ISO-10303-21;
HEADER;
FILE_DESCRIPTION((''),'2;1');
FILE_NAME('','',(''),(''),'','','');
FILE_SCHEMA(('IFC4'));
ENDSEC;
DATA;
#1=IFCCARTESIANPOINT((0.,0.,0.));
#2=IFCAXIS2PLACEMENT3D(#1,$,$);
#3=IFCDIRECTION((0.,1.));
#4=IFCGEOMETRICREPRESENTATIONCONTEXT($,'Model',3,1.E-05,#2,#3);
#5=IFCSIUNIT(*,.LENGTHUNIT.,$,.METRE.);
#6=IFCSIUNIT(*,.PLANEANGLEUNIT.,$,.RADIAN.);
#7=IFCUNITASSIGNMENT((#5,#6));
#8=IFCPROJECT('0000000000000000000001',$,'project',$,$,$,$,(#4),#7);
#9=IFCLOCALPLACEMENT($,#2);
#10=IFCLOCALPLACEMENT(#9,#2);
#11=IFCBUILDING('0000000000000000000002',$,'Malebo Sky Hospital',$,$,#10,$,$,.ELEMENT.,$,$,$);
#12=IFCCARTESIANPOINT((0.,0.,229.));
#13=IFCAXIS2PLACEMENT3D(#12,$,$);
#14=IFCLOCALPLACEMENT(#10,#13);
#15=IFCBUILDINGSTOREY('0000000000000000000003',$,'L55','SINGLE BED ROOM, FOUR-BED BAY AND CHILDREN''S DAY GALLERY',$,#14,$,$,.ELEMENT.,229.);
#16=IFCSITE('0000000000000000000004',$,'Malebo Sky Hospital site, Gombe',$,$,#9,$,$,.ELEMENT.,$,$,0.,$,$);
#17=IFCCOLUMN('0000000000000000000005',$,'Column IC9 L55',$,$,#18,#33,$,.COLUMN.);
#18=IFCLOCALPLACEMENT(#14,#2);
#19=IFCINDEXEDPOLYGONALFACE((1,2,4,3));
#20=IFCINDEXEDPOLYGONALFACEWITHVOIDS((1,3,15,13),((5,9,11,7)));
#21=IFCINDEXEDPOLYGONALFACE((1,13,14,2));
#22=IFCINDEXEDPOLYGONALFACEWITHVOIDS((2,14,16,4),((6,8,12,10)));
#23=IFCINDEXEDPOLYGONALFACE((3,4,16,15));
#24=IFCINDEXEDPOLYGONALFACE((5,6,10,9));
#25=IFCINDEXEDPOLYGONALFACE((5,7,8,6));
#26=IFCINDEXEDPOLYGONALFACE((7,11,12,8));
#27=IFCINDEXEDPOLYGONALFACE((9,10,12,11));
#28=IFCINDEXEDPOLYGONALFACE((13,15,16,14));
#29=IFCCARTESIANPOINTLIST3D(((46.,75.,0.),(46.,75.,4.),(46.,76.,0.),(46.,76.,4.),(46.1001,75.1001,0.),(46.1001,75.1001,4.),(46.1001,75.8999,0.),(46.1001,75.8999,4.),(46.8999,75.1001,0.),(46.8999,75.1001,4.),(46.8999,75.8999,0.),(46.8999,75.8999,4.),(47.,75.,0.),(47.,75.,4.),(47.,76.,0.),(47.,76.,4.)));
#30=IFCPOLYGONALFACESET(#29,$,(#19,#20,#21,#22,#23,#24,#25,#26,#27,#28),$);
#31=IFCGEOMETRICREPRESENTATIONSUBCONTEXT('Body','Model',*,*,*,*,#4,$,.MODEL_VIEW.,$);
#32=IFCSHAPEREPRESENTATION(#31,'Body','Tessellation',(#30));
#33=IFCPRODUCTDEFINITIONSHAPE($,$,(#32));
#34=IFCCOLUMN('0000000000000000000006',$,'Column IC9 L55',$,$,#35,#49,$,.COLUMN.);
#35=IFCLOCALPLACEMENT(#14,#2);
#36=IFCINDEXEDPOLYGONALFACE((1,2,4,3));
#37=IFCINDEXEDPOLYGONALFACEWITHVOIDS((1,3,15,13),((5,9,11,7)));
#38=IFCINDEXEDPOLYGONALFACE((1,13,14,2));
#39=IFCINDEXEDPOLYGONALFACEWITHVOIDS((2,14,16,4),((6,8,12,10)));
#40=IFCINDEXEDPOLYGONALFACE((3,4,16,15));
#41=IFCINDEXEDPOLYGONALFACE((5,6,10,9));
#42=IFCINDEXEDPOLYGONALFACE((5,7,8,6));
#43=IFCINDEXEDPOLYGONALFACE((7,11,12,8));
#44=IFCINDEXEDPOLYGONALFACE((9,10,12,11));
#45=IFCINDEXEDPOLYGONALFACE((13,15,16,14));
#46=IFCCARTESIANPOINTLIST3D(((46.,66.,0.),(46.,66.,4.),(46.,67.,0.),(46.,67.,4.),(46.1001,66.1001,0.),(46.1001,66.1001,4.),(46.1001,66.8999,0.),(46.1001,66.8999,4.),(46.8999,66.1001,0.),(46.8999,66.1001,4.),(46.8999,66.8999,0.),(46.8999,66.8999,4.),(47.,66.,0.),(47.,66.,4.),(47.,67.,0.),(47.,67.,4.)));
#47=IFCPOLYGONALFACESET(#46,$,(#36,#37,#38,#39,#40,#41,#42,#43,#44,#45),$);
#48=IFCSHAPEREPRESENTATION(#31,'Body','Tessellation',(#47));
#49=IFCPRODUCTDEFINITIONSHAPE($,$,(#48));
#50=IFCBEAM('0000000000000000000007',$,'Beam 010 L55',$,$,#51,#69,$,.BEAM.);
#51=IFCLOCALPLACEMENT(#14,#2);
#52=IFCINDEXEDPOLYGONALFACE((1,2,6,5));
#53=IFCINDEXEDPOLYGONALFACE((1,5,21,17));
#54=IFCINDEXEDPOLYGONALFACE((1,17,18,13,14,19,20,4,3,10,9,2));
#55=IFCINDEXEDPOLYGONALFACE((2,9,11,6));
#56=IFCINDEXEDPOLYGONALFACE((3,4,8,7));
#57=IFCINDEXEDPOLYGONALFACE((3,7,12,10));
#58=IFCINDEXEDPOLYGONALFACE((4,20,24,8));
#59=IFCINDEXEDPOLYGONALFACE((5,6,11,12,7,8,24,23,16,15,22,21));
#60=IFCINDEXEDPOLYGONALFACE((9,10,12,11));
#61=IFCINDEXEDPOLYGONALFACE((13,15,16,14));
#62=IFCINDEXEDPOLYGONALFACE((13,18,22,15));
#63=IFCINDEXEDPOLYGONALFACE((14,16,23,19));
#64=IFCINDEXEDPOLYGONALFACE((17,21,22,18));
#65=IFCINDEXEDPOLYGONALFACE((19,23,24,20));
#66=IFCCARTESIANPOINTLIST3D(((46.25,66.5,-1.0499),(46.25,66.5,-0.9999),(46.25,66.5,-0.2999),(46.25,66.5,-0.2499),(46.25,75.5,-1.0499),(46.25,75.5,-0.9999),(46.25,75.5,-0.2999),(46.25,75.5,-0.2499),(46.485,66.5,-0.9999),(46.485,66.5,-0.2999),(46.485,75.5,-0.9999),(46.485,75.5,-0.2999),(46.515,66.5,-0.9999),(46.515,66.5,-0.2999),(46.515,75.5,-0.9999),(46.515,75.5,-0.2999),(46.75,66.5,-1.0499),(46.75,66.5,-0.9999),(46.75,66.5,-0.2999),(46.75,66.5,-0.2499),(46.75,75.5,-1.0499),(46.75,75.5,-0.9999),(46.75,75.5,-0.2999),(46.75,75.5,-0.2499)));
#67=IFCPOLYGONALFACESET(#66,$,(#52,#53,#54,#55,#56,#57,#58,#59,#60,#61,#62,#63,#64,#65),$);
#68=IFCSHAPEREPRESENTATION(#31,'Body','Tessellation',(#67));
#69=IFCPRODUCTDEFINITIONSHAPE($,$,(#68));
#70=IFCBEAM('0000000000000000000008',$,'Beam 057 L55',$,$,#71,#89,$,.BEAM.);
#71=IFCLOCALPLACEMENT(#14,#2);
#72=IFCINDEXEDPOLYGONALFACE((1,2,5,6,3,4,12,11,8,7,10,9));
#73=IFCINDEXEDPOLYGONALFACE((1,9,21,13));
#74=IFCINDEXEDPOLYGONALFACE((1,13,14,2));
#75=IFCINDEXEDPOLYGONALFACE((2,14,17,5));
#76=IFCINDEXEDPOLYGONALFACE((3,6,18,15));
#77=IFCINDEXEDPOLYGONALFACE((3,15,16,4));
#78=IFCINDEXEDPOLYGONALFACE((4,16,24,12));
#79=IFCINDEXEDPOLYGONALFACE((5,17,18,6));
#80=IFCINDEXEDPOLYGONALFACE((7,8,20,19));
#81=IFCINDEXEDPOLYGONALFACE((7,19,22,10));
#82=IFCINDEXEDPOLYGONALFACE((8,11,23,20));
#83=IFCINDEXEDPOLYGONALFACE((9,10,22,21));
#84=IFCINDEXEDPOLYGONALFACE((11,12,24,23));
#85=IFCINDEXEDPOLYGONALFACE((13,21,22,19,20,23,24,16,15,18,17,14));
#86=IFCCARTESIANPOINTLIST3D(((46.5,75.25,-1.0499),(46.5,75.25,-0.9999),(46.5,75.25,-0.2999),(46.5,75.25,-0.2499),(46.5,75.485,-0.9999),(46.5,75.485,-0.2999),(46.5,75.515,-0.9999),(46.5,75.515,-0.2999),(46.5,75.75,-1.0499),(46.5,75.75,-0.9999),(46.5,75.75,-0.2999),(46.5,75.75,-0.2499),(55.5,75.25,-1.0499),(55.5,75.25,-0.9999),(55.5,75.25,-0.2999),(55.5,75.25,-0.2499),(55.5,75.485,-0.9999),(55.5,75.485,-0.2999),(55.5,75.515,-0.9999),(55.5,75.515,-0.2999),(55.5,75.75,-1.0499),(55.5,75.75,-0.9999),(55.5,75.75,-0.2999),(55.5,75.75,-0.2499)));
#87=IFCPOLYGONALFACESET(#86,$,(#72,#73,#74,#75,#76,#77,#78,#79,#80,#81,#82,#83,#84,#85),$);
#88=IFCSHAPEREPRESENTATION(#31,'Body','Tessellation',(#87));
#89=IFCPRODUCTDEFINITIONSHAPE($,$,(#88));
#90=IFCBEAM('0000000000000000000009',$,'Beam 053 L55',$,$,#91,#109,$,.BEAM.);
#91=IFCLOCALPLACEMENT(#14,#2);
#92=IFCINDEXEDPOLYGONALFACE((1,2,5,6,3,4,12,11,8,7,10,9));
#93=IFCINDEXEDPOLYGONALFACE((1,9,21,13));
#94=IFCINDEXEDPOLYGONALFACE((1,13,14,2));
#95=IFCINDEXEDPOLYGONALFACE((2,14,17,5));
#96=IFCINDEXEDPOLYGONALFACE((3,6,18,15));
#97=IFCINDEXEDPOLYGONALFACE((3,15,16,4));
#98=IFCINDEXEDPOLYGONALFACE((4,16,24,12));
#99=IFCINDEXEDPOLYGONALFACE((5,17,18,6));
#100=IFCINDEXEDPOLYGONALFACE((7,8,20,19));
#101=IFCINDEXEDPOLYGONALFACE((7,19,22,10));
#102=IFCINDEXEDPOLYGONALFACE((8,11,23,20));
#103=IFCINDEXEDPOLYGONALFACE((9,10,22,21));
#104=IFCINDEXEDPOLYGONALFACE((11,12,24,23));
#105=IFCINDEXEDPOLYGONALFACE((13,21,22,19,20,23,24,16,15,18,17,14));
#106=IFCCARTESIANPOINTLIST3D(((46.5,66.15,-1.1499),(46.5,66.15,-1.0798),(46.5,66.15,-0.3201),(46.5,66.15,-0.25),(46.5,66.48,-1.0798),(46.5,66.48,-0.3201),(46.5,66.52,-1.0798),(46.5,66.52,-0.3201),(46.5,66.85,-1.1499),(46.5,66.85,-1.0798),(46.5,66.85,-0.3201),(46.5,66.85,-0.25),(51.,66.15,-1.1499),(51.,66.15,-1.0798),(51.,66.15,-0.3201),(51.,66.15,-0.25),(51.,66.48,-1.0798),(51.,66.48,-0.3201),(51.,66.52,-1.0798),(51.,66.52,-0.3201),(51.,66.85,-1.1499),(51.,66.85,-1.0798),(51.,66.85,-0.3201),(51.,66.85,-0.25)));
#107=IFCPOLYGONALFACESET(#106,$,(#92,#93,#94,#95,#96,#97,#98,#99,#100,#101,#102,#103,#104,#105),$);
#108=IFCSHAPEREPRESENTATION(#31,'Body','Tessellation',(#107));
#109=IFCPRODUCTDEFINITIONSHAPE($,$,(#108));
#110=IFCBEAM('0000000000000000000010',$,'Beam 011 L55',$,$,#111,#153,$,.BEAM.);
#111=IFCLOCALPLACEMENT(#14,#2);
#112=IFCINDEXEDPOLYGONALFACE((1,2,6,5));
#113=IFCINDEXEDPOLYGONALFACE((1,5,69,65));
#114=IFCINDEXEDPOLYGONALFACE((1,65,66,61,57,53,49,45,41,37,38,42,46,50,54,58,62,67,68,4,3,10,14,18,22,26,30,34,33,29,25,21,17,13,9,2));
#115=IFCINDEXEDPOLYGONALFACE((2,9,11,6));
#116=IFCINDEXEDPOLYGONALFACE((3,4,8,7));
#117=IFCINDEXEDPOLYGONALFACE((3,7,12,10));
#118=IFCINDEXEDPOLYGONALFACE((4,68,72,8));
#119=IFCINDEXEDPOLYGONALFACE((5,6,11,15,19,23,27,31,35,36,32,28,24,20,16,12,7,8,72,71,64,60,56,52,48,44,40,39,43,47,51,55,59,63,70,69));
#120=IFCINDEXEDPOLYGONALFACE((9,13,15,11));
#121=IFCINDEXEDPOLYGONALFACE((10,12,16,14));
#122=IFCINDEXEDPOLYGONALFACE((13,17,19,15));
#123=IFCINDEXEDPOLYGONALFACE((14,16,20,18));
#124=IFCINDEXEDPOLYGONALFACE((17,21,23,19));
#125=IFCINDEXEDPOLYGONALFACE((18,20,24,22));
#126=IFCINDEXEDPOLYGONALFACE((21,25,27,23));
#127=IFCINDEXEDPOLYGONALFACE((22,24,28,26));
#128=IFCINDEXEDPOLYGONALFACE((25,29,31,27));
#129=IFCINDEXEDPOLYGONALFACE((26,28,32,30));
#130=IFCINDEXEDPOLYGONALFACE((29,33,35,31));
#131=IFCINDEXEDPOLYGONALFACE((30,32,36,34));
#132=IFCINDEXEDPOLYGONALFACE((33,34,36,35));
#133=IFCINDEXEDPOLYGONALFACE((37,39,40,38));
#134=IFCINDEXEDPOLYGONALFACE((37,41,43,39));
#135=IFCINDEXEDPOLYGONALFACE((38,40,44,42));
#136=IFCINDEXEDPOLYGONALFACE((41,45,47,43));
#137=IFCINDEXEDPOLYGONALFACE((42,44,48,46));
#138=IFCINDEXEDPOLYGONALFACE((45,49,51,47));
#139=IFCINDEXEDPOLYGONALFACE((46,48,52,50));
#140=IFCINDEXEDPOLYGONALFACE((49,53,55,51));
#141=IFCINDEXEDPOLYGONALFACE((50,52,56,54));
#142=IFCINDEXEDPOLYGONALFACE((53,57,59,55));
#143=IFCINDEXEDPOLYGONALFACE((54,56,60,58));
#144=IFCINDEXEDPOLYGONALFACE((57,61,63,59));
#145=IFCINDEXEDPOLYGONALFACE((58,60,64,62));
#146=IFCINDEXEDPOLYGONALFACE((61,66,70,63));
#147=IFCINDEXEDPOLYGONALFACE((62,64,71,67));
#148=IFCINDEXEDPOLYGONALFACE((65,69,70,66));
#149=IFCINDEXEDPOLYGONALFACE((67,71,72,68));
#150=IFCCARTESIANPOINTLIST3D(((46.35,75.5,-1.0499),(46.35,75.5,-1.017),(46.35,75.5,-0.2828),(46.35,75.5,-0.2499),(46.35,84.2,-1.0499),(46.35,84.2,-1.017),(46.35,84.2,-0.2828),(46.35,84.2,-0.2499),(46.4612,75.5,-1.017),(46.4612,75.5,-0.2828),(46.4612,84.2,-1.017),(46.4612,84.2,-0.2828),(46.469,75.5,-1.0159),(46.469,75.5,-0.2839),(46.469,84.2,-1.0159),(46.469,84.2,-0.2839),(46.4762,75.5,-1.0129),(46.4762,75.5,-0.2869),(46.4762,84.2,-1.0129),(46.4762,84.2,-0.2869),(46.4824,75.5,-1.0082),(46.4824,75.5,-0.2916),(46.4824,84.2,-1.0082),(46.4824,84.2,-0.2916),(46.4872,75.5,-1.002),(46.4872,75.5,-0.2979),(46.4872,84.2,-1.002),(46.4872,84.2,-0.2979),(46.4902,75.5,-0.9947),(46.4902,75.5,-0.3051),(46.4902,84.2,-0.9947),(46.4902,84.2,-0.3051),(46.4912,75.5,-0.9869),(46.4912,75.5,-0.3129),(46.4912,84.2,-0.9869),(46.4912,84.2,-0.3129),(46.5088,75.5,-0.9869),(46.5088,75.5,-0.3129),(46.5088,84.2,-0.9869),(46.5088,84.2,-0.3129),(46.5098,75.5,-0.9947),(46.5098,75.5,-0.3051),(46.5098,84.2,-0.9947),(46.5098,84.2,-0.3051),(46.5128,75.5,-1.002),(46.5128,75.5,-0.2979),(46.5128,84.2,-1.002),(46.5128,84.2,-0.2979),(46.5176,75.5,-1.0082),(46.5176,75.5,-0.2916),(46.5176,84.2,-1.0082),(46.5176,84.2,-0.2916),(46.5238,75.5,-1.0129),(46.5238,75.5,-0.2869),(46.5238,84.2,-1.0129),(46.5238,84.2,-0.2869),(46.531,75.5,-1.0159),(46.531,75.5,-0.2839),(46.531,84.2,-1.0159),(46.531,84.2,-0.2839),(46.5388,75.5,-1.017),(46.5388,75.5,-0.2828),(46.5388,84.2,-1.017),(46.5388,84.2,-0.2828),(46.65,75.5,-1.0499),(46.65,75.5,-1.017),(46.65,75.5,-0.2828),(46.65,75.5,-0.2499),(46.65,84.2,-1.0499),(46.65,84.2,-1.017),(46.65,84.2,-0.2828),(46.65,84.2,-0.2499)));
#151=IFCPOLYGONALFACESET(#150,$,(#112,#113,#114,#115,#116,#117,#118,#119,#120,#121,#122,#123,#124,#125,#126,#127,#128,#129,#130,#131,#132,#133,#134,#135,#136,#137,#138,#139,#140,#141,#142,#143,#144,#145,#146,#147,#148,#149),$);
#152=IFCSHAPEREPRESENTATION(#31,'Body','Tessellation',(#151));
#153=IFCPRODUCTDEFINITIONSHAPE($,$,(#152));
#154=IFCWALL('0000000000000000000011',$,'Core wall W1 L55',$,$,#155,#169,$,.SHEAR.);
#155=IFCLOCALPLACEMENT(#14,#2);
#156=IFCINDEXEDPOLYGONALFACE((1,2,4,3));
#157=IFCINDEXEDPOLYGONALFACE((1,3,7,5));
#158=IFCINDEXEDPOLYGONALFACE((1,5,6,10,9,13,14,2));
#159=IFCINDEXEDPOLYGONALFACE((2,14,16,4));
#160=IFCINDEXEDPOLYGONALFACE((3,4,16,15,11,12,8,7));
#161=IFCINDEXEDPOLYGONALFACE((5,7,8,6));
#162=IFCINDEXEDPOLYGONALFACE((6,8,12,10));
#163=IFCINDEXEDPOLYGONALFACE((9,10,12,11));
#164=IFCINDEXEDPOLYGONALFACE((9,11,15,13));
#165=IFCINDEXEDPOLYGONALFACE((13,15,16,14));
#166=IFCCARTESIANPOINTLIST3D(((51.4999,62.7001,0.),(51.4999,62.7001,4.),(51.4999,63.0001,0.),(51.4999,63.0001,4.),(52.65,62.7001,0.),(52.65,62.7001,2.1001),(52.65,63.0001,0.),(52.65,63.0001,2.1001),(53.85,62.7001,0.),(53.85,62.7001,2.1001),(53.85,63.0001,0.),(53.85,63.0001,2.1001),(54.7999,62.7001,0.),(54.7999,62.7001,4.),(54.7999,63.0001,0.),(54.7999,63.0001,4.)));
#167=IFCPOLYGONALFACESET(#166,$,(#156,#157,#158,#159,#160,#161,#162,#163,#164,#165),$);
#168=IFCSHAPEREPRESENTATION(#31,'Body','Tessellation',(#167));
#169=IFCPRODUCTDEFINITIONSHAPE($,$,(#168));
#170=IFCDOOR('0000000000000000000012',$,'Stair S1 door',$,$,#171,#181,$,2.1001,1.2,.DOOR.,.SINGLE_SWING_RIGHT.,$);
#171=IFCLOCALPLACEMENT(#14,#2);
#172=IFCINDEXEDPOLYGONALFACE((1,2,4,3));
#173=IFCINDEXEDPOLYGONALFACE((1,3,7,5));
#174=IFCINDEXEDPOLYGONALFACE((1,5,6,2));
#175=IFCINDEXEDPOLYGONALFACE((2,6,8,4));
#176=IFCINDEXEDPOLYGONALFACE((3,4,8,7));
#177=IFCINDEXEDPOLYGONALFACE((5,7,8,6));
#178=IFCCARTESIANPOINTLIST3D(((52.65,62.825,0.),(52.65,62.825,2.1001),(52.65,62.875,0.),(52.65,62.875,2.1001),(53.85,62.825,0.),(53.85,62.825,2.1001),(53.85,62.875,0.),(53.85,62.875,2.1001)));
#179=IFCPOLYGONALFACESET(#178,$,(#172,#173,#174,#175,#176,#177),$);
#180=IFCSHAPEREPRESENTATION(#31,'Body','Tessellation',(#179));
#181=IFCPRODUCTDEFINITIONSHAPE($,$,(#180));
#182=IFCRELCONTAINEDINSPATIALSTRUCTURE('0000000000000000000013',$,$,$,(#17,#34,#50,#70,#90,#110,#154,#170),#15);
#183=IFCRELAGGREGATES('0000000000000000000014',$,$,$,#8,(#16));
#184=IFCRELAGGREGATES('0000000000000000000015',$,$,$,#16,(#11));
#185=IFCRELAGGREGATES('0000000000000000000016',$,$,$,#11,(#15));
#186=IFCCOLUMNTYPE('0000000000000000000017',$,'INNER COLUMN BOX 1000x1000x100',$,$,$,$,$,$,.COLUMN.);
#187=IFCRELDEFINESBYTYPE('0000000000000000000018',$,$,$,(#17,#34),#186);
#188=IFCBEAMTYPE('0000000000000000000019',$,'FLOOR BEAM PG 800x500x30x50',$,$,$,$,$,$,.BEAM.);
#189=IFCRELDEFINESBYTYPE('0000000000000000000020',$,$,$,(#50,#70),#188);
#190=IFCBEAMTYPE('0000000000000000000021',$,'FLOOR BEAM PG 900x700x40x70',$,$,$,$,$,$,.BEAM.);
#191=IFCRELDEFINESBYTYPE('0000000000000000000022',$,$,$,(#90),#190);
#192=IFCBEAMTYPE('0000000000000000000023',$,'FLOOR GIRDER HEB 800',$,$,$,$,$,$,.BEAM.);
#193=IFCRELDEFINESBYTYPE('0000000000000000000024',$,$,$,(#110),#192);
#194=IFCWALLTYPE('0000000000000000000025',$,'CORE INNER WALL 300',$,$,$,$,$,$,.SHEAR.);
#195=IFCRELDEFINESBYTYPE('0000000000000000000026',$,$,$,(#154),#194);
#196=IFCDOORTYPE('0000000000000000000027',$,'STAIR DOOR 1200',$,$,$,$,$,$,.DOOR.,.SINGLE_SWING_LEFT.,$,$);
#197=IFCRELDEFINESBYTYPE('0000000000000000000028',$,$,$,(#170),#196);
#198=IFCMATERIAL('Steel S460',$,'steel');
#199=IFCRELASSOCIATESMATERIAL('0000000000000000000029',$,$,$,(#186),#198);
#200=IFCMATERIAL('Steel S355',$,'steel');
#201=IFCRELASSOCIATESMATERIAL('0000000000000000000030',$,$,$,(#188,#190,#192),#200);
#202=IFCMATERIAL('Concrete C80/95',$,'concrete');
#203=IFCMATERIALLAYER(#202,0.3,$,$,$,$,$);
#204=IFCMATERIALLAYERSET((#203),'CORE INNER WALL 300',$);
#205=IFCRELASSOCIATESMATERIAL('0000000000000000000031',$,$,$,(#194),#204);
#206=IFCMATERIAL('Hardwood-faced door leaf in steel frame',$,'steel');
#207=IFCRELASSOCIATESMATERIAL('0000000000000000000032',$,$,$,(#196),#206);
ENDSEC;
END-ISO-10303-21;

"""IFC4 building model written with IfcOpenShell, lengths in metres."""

from ifc_helpers import new_model, si_unit, direction, frame, frame_2d, origin, origin_2d, place, context, subcontext, project, spatial, rectangle, hollow_rectangle, i_section, extrude, material, layer, layer_set, material_profile, profile_set, type_object, element, fill, save


model = new_model("IFC4")

# Units and contexts
model_context = context("Model", 3, precision=1e-05, world=origin(), true_north=direction((0.0, 1.0)))
body_context = subcontext(model_context, "Body", "Model", "MODEL_VIEW")
ifc_project = project(units=[si_unit("LENGTHUNIT", "METRE"), si_unit("PLANEANGLEUNIT", "RADIAN")], contexts=[model_context])

# Site, building, storey
site_placement = place(None, origin())
site = spatial("IfcSite", under=ifc_project, at=site_placement, Name="Malebo Sky Hospital site, Gombe", CompositionType="ELEMENT", RefElevation=0.0)
building_placement = place(site_placement, origin())
building = spatial("IfcBuilding", under=site, at=building_placement, Name="Malebo Sky Hospital", CompositionType="ELEMENT")
storey_placement = place(building_placement, frame((0.0, 0.0, 229.0)))
storey = spatial("IfcBuildingStorey", under=building, at=storey_placement, Name="L55", Description="SINGLE BED ROOM, FOUR-BED BAY AND CHILDREN'S DAY GALLERY", CompositionType="ELEMENT", Elevation=229.0)

# Columns
ifc_material_1 = material(Name="Steel S460", Category="steel")
ifc_material_profile_1 = material_profile(ifc_material_1, hollow_rectangle(XDim=1.0, YDim=1.0, WallThickness=0.1001, at=origin_2d()), Name="BOX 1000x1000x100")
ifc_profile_set_1 = profile_set([ifc_material_profile_1], Name="Steel S460")
column_type = type_object("IfcColumnType", Name="INNER COLUMN BOX 1000x1000x100", PredefinedType="COLUMN", material=ifc_profile_set_1)
for number, where, z_axis, x_axis, name in (
    (1, (46.5, 75.5, 0.0), (0.0, 0.0, 1.0), (1.0, 0.0, 0.0), "Column IC9 L55"),
    (2, (46.5, 66.5, 0.0), (0.0, 0.0, 1.0), (1.0, 0.0, 0.0), "Column IC9 L55"),
):
    element("IfcColumn", number, at=place(storey_placement, frame(where, z_axis=z_axis, x_axis=x_axis)), inside=storey, type_object=column_type, Name=name, PredefinedType="COLUMN", context=body_context, shape_type="SweptSolid", body=[
        extrude(hollow_rectangle(XDim=1.0, YDim=1.0, WallThickness=0.1001, at=origin_2d()), origin(), (0.0, 0.0, 1.0), 4.0),
    ])

# Beams
ifc_material_2 = material(Name="Steel S355", Category="steel")
ifc_material_profile_2 = material_profile(ifc_material_2, i_section(OverallWidth=0.5, OverallDepth=0.8, WebThickness=0.03, FlangeThickness=0.05, at=origin_2d()), Name="PG 800x500x30x50")
ifc_profile_set_2 = profile_set([ifc_material_profile_2], Name="Steel S355")
beam_type_1 = type_object("IfcBeamType", Name="FLOOR BEAM PG 800x500x30x50", PredefinedType="BEAM", material=ifc_profile_set_2)
for number, where, z_axis, x_axis, name in (
    (3, (46.5, 66.5, -0.6499), (0.0, 1.0, 0.0), (-1.0, 0.0, 0.0), "Beam 010 L55"),
    (4, (46.5, 75.5, -0.6499), (1.0, 0.0, 0.0), (0.0, 1.0, 0.0), "Beam 057 L55"),
):
    element("IfcBeam", number, at=place(storey_placement, frame(where, z_axis=z_axis, x_axis=x_axis)), inside=storey, type_object=beam_type_1, Name=name, PredefinedType="BEAM", context=body_context, shape_type="SweptSolid", body=[
        extrude(i_section(OverallWidth=0.5, OverallDepth=0.8, WebThickness=0.03, FlangeThickness=0.05, at=origin_2d()), origin(), (0.0, 0.0, 1.0), 9.0),
    ])
ifc_material_profile_3 = material_profile(ifc_material_2, i_section(OverallWidth=0.7, OverallDepth=0.8999, WebThickness=0.04, FlangeThickness=0.0701, at=origin_2d()), Name="PG 900x700x40x70")
ifc_profile_set_3 = profile_set([ifc_material_profile_3], Name="Steel S355")
beam_type_2 = type_object("IfcBeamType", Name="FLOOR BEAM PG 900x700x40x70", PredefinedType="BEAM", material=ifc_profile_set_3)
beam_1_placement = place(storey_placement, frame((46.5, 66.5, -0.7), z_axis=(1.0, 0.0, 0.0), x_axis=(0.0, 1.0, 0.0)))
element("IfcBeam", 5, at=beam_1_placement, inside=storey, type_object=beam_type_2, Name="Beam 053 L55", PredefinedType="BEAM", context=body_context, shape_type="SweptSolid", body=[
    extrude(i_section(OverallWidth=0.7, OverallDepth=0.8999, WebThickness=0.04, FlangeThickness=0.0701, at=origin_2d()), origin(), (0.0, 0.0, 1.0), 4.5),
])
ifc_material_profile_4 = material_profile(ifc_material_2, i_section(OverallWidth=0.3, OverallDepth=0.8, WebThickness=0.0176, FlangeThickness=0.033, FilletRadius=0.03, at=origin_2d()), Name="HEB 800")
ifc_profile_set_4 = profile_set([ifc_material_profile_4], Name="Steel S355")
beam_type_3 = type_object("IfcBeamType", Name="FLOOR GIRDER HEB 800", PredefinedType="BEAM", material=ifc_profile_set_4)
beam_2_placement = place(storey_placement, frame((46.5, 75.5, -0.6499), z_axis=(0.0, 1.0, 0.0), x_axis=(-1.0, 0.0, 0.0)))
element("IfcBeam", 6, at=beam_2_placement, inside=storey, type_object=beam_type_3, Name="Beam 011 L55", PredefinedType="BEAM", context=body_context, shape_type="SweptSolid", body=[
    extrude(i_section(OverallWidth=0.3, OverallDepth=0.8, WebThickness=0.0176, FlangeThickness=0.033, FilletRadius=0.03, at=origin_2d()), origin(), (0.0, 0.0, 1.0), 8.7),
])

# Wall, opening, door
ifc_material_3 = material(Name="Concrete C80/95", Category="concrete")
ifc_layer_1 = layer(ifc_material_3, 0.3)
ifc_layer_set_1 = layer_set([ifc_layer_1], Name="CORE INNER WALL 300")
wall_type_1 = type_object("IfcWallType", Name="CORE INNER WALL 300", PredefinedType="SHEAR", material=ifc_layer_set_1)
wall_1_placement = place(storey_placement, frame((51.5, 62.8501, 0.0), z_axis=(0.0, 0.0, 1.0), x_axis=(1.0, 0.0, 0.0)))
wall_1 = element("IfcWall", 7, at=wall_1_placement, inside=storey, type_object=wall_type_1, Name="Core wall W1 L55", PredefinedType="SHEAR", context=body_context, shape_type="SweptSolid", body=[
    extrude(rectangle(XDim=3.3, YDim=0.3, at=frame_2d((1.6499, 0.0))), origin(), (0.0, 0.0, 1.0), 4.0),
])
opening_1_placement = place(wall_1_placement, frame((1.1499, 0.0, 0.0)))
opening_1 = element("IfcOpeningElement", 8, at=opening_1_placement, cuts=wall_1, PredefinedType="OPENING", context=body_context, shape_type="SweptSolid", body=[
    extrude(rectangle(XDim=1.2, YDim=2.1001, at=frame_2d((0.6001, 1.05))), frame((0.0, 0.1599, 0.0), z_axis=(0.0, -1.0, 0.0), x_axis=(1.0, 0.0, 0.0)), (0.0, 0.0, 1.0), 0.3201),
])
ifc_material_4 = material(Name="Hardwood-faced door leaf in steel frame", Category="steel")
door_type_1 = type_object("IfcDoorType", Name="STAIR DOOR 1200", OperationType="SINGLE_SWING_LEFT", PredefinedType="DOOR", material=ifc_material_4)
door_1_placement = place(opening_1_placement, origin())
door_1 = element("IfcDoor", 9, at=door_1_placement, inside=storey, type_object=door_type_1, Name="Stair S1 door", OperationType="SINGLE_SWING_RIGHT", OverallHeight=2.1001, OverallWidth=1.2, PredefinedType="DOOR", context=body_context, shape_type="SweptSolid", body=[
    extrude(rectangle(XDim=1.2, YDim=2.1001, at=frame_2d((0.6001, 1.05))), frame((0.0, 0.0249, 0.0), z_axis=(0.0, -1.0, 0.0), x_axis=(1.0, 0.0, 0.0)), (0.0, 0.0, 1.0), 0.05),
])
fill(opening_1, door_1)

save(model, "model.ifc")
